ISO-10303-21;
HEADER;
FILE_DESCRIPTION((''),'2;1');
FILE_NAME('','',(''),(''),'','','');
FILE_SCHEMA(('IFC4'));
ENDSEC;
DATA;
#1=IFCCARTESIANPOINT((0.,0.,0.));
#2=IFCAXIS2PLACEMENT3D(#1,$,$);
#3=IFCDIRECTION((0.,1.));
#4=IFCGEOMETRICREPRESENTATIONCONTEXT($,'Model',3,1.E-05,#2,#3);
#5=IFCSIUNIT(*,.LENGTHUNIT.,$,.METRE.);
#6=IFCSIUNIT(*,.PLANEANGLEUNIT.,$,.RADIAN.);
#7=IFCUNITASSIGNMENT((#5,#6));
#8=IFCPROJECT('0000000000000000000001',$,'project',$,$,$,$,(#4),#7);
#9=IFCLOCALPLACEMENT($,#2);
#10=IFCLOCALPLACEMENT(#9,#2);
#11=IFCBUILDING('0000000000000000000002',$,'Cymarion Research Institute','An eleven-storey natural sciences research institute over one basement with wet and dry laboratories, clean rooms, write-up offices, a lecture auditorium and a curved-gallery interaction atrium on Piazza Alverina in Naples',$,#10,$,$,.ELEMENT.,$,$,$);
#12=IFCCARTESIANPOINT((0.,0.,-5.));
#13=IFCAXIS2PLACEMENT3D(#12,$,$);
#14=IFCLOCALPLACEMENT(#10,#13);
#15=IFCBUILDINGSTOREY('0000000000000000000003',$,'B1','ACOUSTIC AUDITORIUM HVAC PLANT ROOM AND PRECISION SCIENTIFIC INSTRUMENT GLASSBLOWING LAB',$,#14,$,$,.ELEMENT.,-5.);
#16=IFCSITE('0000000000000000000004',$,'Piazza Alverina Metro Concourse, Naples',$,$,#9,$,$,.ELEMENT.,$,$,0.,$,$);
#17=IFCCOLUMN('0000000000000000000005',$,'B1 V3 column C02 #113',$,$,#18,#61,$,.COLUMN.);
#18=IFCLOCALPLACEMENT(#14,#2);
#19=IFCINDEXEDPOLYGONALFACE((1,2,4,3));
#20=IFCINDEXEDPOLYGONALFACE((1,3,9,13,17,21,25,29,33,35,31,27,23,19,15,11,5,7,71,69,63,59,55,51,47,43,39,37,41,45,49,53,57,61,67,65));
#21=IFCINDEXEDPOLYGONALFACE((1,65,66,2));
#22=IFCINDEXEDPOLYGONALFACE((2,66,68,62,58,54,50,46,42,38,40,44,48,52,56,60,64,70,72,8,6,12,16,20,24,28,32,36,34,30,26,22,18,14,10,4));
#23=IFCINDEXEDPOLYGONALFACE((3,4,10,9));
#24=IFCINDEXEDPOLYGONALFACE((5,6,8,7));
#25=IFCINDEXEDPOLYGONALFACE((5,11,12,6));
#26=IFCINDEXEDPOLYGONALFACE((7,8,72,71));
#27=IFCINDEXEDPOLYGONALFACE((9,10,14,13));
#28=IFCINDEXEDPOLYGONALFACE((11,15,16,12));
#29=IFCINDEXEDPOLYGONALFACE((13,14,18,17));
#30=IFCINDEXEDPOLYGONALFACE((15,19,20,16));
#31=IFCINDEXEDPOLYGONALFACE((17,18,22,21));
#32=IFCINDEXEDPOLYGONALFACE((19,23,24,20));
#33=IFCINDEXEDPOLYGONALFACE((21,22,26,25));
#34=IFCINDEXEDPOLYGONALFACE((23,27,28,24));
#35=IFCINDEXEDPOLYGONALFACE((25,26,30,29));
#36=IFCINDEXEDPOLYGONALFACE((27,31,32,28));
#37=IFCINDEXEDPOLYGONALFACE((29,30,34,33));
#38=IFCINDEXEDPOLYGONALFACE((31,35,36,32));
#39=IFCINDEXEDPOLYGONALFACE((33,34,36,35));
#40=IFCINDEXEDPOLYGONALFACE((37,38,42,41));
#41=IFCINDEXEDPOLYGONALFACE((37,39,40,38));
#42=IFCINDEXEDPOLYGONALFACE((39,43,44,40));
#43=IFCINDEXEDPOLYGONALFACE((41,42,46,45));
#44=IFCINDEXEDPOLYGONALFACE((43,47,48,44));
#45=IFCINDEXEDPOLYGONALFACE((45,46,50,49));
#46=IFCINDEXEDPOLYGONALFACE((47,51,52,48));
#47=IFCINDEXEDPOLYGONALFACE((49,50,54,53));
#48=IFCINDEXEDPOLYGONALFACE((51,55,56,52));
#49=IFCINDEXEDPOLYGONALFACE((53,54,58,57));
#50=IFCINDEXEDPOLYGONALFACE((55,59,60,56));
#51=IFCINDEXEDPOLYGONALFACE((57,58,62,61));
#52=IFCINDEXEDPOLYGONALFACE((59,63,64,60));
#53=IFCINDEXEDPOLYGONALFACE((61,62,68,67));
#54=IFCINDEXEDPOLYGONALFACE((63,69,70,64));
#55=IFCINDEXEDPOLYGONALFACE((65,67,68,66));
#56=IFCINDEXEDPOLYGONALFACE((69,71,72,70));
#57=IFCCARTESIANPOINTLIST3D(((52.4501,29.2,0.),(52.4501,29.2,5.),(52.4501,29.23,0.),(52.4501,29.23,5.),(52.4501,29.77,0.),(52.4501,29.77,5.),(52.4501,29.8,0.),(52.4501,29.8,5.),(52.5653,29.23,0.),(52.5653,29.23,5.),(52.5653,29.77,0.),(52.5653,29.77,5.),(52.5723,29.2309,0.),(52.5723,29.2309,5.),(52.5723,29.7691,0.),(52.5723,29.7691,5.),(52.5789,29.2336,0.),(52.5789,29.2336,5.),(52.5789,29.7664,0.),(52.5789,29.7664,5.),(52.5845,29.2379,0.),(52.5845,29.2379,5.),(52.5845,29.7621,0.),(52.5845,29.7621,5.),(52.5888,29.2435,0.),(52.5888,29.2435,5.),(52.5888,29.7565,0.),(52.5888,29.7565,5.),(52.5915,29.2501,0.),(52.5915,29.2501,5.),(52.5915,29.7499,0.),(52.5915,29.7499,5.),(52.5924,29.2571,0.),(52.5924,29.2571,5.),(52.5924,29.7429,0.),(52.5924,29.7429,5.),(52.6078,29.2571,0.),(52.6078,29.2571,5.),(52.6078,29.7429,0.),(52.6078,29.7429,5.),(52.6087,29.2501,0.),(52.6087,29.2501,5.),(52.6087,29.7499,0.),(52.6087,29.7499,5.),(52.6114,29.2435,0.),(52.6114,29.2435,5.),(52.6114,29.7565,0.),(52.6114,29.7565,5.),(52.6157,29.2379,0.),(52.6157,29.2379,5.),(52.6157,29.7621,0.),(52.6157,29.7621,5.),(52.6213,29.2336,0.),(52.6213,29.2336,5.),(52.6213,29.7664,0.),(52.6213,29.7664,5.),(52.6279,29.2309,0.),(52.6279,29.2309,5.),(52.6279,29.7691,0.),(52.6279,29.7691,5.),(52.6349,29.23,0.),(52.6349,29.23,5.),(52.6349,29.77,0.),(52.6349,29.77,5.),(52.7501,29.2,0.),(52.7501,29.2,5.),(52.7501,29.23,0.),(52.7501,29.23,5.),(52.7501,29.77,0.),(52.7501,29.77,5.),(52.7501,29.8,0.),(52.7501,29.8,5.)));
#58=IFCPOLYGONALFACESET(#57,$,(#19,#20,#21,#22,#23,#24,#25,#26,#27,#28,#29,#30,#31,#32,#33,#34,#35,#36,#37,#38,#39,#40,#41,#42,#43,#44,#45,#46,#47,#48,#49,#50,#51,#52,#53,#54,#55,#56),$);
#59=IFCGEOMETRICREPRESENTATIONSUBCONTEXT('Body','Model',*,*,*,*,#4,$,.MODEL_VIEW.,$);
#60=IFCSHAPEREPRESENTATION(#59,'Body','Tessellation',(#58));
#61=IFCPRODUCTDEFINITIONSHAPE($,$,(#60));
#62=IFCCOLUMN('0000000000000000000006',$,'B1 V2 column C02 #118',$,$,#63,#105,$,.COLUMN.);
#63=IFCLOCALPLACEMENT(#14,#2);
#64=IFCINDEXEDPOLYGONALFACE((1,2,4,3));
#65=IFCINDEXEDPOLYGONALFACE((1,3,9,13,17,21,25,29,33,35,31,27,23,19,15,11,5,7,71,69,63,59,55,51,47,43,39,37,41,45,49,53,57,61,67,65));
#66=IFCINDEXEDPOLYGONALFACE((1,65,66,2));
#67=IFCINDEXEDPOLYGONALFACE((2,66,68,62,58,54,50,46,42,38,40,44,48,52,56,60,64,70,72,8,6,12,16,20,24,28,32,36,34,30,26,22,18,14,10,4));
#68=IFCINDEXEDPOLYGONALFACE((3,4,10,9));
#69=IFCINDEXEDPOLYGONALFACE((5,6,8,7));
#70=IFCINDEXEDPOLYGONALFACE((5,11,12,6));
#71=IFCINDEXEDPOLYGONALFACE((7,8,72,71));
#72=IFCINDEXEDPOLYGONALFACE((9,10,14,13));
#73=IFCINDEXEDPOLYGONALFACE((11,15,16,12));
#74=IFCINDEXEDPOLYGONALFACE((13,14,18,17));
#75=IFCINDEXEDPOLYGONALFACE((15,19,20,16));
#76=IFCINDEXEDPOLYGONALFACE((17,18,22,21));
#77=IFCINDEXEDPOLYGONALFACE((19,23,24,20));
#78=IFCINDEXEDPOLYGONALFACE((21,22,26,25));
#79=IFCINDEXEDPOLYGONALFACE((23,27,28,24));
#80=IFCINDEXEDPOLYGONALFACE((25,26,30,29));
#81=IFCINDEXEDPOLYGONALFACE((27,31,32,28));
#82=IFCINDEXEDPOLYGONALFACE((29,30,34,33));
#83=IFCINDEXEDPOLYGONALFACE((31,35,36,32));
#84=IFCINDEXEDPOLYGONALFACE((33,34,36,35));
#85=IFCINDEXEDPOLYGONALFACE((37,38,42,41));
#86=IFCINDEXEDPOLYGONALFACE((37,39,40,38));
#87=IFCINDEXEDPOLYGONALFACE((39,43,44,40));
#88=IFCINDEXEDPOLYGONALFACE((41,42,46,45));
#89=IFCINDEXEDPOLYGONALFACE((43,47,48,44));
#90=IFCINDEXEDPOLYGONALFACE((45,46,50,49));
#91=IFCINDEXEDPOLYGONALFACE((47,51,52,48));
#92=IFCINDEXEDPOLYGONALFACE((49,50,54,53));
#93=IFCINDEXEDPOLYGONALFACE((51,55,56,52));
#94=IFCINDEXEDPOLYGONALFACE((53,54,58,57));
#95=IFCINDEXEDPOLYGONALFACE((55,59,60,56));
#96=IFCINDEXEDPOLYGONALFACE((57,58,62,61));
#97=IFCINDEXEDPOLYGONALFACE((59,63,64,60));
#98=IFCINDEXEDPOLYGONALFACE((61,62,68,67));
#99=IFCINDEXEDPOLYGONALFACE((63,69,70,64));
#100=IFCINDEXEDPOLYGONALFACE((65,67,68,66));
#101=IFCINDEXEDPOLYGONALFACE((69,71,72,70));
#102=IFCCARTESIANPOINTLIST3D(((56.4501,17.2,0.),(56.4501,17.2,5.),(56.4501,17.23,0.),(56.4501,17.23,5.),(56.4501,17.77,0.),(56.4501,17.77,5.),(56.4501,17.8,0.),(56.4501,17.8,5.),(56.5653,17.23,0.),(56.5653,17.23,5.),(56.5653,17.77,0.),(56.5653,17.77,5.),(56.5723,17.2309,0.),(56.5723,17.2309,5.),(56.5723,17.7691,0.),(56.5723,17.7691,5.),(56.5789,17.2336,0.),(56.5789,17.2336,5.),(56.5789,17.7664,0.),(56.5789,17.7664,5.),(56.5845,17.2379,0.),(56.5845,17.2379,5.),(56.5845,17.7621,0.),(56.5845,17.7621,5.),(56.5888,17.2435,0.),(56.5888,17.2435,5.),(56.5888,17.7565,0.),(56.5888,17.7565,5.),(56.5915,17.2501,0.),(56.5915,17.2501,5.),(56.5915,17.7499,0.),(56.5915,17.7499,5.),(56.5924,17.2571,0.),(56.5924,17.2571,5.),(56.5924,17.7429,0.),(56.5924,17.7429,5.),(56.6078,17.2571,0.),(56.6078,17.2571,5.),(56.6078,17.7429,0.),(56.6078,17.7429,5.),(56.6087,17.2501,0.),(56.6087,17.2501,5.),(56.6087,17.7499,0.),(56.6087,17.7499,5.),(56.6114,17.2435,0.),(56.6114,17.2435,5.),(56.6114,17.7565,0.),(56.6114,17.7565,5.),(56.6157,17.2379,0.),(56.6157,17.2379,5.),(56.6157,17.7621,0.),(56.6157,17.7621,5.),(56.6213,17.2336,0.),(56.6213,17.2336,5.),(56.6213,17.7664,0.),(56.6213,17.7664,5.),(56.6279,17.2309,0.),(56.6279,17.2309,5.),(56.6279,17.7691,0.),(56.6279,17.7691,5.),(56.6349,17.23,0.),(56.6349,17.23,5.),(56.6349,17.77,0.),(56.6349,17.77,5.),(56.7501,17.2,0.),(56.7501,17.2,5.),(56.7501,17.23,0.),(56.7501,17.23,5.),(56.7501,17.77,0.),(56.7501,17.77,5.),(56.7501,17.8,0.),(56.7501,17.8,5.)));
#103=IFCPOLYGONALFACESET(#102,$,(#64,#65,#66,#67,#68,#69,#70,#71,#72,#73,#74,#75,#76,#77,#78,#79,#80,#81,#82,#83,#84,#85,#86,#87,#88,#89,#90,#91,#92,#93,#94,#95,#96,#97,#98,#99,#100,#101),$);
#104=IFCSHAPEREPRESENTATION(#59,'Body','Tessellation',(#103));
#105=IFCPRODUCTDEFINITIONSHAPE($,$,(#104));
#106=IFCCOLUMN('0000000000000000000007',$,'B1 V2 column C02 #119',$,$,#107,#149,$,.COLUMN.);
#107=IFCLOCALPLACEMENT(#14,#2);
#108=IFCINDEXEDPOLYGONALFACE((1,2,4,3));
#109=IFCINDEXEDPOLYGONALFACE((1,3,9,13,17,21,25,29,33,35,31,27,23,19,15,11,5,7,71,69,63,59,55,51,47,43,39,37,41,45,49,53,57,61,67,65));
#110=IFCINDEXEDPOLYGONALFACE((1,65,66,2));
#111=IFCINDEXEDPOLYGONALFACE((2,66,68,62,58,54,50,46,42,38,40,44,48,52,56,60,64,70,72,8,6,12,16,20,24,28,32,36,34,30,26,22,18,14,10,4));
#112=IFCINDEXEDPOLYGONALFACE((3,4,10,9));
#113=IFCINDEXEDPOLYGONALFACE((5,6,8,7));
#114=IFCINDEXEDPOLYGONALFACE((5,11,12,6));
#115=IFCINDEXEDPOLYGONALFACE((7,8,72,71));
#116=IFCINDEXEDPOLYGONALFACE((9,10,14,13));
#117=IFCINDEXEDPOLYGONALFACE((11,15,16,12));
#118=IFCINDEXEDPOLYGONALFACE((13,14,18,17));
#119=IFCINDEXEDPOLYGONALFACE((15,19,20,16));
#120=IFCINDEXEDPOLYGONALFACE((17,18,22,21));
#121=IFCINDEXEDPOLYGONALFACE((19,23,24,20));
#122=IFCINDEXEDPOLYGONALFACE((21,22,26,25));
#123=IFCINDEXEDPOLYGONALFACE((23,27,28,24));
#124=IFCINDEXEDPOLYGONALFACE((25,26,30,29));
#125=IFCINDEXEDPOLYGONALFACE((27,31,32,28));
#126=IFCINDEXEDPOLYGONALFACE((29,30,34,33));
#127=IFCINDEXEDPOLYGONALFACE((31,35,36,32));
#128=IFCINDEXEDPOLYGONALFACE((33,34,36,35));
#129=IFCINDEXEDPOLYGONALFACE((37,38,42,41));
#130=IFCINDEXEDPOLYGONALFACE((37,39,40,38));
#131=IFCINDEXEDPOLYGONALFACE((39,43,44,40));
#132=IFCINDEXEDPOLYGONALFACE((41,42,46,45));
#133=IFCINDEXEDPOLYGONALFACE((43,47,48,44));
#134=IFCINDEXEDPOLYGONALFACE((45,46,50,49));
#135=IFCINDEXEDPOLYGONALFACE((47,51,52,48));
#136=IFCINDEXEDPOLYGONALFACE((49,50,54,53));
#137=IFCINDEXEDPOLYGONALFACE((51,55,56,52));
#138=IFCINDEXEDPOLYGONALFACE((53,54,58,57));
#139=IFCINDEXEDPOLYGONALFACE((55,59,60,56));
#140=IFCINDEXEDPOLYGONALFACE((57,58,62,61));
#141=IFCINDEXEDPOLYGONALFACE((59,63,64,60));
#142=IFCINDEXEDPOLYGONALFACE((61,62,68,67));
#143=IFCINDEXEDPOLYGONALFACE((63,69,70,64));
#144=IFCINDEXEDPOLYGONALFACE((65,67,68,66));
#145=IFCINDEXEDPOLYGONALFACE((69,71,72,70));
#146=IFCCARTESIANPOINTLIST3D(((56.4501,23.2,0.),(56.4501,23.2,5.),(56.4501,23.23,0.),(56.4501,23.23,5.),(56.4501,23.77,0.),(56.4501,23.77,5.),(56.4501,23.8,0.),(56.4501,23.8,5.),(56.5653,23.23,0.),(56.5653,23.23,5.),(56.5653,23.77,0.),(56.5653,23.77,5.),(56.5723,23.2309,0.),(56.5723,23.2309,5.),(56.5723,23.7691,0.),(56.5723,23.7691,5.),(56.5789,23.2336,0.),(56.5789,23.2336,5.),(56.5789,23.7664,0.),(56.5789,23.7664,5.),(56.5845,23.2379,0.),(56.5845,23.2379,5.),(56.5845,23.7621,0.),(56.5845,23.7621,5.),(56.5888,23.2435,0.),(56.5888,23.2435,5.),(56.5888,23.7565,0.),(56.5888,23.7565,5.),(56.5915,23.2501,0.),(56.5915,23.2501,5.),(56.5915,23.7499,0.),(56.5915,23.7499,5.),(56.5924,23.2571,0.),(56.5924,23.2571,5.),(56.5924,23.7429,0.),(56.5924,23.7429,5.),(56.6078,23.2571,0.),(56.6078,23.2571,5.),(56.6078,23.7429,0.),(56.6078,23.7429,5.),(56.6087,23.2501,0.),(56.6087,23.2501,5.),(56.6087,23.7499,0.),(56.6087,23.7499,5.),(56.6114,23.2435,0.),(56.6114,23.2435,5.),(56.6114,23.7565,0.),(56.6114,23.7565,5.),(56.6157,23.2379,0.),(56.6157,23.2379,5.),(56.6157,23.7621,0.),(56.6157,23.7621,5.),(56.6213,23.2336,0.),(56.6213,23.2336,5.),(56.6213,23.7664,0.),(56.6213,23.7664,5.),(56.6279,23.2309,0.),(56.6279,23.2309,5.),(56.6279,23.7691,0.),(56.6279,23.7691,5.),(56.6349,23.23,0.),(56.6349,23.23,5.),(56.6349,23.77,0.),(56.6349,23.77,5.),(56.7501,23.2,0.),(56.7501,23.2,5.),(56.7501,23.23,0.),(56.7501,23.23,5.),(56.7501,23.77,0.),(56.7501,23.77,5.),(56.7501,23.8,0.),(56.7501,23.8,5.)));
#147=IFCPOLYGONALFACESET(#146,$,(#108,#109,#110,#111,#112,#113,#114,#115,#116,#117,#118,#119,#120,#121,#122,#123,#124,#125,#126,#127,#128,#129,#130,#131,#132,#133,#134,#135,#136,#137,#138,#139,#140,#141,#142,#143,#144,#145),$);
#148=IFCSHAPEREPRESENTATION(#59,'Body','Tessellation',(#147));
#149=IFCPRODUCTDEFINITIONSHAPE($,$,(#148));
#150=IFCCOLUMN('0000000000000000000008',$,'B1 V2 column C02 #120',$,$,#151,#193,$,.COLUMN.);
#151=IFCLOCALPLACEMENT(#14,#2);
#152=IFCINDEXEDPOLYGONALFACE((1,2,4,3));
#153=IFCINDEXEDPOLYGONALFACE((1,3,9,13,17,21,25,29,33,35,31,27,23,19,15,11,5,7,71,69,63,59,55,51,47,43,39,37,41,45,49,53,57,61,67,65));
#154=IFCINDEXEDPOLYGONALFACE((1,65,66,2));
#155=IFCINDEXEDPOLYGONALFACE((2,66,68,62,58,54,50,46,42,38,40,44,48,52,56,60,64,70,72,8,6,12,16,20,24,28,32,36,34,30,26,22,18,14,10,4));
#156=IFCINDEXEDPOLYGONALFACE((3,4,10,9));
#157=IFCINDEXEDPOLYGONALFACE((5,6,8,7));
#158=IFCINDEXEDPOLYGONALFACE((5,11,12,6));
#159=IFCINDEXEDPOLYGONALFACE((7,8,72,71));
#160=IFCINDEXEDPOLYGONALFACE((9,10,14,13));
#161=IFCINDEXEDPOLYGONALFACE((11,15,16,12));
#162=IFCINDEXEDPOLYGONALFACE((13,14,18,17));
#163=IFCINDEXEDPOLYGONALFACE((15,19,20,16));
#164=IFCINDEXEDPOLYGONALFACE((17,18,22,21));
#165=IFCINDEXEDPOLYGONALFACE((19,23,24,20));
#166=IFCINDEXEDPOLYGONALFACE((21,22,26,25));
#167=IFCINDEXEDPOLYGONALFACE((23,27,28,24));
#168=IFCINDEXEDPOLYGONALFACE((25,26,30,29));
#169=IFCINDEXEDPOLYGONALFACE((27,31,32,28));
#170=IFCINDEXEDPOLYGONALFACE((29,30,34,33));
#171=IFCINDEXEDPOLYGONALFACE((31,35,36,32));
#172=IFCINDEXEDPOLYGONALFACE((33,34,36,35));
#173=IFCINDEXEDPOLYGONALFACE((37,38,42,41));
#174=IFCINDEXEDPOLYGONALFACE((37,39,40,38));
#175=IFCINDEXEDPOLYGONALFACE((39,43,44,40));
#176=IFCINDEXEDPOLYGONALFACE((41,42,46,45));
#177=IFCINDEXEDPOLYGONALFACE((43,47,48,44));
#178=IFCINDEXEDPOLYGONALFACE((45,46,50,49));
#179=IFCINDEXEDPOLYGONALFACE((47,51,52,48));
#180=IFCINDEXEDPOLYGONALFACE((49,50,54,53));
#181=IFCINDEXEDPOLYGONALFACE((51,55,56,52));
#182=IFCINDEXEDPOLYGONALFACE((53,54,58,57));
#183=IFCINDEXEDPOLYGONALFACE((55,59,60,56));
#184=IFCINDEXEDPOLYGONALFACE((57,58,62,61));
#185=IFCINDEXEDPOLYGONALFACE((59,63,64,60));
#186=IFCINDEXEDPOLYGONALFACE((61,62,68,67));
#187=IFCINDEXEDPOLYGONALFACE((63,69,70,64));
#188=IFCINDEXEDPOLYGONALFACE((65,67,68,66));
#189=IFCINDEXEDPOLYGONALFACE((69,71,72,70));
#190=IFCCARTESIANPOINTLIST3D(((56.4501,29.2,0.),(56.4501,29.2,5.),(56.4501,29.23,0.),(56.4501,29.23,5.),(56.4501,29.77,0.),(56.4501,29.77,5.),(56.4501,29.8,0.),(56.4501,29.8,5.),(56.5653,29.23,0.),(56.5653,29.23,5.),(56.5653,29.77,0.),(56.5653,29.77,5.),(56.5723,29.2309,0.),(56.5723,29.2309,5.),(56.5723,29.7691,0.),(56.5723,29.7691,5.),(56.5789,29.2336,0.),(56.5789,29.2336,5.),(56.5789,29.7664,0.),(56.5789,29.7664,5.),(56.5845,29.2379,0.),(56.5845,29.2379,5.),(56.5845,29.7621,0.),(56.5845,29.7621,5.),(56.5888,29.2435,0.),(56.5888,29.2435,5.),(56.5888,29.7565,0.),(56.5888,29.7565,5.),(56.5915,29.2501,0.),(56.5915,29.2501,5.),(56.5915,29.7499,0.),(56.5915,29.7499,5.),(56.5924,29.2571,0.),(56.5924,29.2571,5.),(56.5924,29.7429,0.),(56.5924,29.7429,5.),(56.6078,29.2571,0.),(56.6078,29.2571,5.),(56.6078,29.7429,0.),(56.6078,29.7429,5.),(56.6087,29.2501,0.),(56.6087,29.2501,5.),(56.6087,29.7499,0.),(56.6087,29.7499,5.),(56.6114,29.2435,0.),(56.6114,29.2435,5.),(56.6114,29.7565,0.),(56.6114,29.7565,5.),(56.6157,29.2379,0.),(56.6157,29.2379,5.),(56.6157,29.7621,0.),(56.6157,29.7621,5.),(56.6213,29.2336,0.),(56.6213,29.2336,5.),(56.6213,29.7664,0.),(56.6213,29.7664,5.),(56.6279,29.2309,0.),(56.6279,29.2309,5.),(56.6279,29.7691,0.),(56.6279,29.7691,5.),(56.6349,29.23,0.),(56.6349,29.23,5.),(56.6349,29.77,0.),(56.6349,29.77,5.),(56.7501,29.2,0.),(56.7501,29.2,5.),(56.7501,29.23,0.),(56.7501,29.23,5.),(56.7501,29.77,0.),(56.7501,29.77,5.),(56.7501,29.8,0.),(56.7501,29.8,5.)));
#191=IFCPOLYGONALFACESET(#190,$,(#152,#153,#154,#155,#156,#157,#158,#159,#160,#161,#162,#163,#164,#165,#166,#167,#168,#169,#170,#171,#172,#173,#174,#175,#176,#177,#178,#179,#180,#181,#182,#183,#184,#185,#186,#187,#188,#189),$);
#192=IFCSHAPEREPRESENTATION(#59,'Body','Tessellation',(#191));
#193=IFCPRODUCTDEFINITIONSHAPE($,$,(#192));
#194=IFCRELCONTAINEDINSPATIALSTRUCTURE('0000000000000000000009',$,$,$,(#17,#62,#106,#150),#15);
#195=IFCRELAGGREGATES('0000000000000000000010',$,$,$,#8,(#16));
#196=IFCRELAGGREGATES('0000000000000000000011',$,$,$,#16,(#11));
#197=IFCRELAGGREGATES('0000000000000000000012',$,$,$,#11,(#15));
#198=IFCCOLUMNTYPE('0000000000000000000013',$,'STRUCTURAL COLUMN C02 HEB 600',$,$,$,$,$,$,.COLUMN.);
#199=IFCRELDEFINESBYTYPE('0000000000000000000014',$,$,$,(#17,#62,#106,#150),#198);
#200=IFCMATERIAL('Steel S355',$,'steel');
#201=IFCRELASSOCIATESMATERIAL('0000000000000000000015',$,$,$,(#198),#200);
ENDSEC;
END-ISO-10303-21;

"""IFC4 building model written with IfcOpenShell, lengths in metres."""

from ifc_helpers import new_model, si_unit, direction, frame, origin, origin_2d, place, context, subcontext, project, spatial, i_section, extrude, material, material_profile, profile_set, type_object, element, save


model = new_model("IFC4")

# Units and contexts
model_context = context("Model", 3, precision=1e-05, world=origin(), true_north=direction((0.0, 1.0)))
body_context = subcontext(model_context, "Body", "Model", "MODEL_VIEW")
ifc_project = project(units=[si_unit("LENGTHUNIT", "METRE"), si_unit("PLANEANGLEUNIT", "RADIAN")], contexts=[model_context])

# Site, building, storey
site_placement = place(None, origin())
site = spatial("IfcSite", under=ifc_project, at=site_placement, Name="Piazza Alverina Metro Concourse, Naples", CompositionType="ELEMENT", RefElevation=0.0)
building_placement = place(site_placement, origin())
building = spatial("IfcBuilding", under=site, at=building_placement, Name="Cymarion Research Institute", Description="An eleven-storey natural sciences research institute over one basement with wet and dry laboratories, clean rooms, write-up offices, a lecture auditorium and a curved-gallery interaction atrium on Piazza Alverina in Naples", CompositionType="ELEMENT")
storey_placement = place(building_placement, frame((0.0, 0.0, -5.0)))
storey = spatial("IfcBuildingStorey", under=building, at=storey_placement, Name="B1", Description="ACOUSTIC AUDITORIUM HVAC PLANT ROOM AND PRECISION SCIENTIFIC INSTRUMENT GLASSBLOWING LAB", CompositionType="ELEMENT", Elevation=-5.0)

# Columns
ifc_material_1 = material(Name="Steel S355", Category="steel")
ifc_material_profile_1 = material_profile(ifc_material_1, i_section(OverallWidth=0.3, OverallDepth=0.6001, WebThickness=0.0154, FlangeThickness=0.03, FilletRadius=0.0271, at=origin_2d()), Name="HEB 600")
ifc_profile_set_1 = profile_set([ifc_material_profile_1], Name="Steel S355")
column_type_1 = type_object("IfcColumnType", Name="STRUCTURAL COLUMN C02 HEB 600", PredefinedType="COLUMN", material=ifc_profile_set_1)
for number, where, z_axis, x_axis, name in (
    (1, (52.6001, 29.5, 0.0), (0.0, 0.0, 1.0), (1.0, 0.0, 0.0), "B1 V3 column C02 #113"),
    (2, (56.6001, 17.5, 0.0), (0.0, 0.0, 1.0), (1.0, 0.0, 0.0), "B1 V2 column C02 #118"),
    (3, (56.6001, 23.5, 0.0), (0.0, 0.0, 1.0), (1.0, 0.0, 0.0), "B1 V2 column C02 #119"),
    (4, (56.6001, 29.5, 0.0), (0.0, 0.0, 1.0), (1.0, 0.0, 0.0), "B1 V2 column C02 #120"),
):
    element("IfcColumn", number, at=place(storey_placement, frame(where, z_axis=z_axis, x_axis=x_axis)), inside=storey, type_object=column_type_1, Name=name, PredefinedType="COLUMN", context=body_context, shape_type="SweptSolid", body=[
        extrude(i_section(OverallWidth=0.3, OverallDepth=0.6001, WebThickness=0.0154, FlangeThickness=0.03, FilletRadius=0.0271, at=origin_2d()), origin(), (0.0, 0.0, 1.0), 5.0),
    ])

save(model, "model.ifc")
